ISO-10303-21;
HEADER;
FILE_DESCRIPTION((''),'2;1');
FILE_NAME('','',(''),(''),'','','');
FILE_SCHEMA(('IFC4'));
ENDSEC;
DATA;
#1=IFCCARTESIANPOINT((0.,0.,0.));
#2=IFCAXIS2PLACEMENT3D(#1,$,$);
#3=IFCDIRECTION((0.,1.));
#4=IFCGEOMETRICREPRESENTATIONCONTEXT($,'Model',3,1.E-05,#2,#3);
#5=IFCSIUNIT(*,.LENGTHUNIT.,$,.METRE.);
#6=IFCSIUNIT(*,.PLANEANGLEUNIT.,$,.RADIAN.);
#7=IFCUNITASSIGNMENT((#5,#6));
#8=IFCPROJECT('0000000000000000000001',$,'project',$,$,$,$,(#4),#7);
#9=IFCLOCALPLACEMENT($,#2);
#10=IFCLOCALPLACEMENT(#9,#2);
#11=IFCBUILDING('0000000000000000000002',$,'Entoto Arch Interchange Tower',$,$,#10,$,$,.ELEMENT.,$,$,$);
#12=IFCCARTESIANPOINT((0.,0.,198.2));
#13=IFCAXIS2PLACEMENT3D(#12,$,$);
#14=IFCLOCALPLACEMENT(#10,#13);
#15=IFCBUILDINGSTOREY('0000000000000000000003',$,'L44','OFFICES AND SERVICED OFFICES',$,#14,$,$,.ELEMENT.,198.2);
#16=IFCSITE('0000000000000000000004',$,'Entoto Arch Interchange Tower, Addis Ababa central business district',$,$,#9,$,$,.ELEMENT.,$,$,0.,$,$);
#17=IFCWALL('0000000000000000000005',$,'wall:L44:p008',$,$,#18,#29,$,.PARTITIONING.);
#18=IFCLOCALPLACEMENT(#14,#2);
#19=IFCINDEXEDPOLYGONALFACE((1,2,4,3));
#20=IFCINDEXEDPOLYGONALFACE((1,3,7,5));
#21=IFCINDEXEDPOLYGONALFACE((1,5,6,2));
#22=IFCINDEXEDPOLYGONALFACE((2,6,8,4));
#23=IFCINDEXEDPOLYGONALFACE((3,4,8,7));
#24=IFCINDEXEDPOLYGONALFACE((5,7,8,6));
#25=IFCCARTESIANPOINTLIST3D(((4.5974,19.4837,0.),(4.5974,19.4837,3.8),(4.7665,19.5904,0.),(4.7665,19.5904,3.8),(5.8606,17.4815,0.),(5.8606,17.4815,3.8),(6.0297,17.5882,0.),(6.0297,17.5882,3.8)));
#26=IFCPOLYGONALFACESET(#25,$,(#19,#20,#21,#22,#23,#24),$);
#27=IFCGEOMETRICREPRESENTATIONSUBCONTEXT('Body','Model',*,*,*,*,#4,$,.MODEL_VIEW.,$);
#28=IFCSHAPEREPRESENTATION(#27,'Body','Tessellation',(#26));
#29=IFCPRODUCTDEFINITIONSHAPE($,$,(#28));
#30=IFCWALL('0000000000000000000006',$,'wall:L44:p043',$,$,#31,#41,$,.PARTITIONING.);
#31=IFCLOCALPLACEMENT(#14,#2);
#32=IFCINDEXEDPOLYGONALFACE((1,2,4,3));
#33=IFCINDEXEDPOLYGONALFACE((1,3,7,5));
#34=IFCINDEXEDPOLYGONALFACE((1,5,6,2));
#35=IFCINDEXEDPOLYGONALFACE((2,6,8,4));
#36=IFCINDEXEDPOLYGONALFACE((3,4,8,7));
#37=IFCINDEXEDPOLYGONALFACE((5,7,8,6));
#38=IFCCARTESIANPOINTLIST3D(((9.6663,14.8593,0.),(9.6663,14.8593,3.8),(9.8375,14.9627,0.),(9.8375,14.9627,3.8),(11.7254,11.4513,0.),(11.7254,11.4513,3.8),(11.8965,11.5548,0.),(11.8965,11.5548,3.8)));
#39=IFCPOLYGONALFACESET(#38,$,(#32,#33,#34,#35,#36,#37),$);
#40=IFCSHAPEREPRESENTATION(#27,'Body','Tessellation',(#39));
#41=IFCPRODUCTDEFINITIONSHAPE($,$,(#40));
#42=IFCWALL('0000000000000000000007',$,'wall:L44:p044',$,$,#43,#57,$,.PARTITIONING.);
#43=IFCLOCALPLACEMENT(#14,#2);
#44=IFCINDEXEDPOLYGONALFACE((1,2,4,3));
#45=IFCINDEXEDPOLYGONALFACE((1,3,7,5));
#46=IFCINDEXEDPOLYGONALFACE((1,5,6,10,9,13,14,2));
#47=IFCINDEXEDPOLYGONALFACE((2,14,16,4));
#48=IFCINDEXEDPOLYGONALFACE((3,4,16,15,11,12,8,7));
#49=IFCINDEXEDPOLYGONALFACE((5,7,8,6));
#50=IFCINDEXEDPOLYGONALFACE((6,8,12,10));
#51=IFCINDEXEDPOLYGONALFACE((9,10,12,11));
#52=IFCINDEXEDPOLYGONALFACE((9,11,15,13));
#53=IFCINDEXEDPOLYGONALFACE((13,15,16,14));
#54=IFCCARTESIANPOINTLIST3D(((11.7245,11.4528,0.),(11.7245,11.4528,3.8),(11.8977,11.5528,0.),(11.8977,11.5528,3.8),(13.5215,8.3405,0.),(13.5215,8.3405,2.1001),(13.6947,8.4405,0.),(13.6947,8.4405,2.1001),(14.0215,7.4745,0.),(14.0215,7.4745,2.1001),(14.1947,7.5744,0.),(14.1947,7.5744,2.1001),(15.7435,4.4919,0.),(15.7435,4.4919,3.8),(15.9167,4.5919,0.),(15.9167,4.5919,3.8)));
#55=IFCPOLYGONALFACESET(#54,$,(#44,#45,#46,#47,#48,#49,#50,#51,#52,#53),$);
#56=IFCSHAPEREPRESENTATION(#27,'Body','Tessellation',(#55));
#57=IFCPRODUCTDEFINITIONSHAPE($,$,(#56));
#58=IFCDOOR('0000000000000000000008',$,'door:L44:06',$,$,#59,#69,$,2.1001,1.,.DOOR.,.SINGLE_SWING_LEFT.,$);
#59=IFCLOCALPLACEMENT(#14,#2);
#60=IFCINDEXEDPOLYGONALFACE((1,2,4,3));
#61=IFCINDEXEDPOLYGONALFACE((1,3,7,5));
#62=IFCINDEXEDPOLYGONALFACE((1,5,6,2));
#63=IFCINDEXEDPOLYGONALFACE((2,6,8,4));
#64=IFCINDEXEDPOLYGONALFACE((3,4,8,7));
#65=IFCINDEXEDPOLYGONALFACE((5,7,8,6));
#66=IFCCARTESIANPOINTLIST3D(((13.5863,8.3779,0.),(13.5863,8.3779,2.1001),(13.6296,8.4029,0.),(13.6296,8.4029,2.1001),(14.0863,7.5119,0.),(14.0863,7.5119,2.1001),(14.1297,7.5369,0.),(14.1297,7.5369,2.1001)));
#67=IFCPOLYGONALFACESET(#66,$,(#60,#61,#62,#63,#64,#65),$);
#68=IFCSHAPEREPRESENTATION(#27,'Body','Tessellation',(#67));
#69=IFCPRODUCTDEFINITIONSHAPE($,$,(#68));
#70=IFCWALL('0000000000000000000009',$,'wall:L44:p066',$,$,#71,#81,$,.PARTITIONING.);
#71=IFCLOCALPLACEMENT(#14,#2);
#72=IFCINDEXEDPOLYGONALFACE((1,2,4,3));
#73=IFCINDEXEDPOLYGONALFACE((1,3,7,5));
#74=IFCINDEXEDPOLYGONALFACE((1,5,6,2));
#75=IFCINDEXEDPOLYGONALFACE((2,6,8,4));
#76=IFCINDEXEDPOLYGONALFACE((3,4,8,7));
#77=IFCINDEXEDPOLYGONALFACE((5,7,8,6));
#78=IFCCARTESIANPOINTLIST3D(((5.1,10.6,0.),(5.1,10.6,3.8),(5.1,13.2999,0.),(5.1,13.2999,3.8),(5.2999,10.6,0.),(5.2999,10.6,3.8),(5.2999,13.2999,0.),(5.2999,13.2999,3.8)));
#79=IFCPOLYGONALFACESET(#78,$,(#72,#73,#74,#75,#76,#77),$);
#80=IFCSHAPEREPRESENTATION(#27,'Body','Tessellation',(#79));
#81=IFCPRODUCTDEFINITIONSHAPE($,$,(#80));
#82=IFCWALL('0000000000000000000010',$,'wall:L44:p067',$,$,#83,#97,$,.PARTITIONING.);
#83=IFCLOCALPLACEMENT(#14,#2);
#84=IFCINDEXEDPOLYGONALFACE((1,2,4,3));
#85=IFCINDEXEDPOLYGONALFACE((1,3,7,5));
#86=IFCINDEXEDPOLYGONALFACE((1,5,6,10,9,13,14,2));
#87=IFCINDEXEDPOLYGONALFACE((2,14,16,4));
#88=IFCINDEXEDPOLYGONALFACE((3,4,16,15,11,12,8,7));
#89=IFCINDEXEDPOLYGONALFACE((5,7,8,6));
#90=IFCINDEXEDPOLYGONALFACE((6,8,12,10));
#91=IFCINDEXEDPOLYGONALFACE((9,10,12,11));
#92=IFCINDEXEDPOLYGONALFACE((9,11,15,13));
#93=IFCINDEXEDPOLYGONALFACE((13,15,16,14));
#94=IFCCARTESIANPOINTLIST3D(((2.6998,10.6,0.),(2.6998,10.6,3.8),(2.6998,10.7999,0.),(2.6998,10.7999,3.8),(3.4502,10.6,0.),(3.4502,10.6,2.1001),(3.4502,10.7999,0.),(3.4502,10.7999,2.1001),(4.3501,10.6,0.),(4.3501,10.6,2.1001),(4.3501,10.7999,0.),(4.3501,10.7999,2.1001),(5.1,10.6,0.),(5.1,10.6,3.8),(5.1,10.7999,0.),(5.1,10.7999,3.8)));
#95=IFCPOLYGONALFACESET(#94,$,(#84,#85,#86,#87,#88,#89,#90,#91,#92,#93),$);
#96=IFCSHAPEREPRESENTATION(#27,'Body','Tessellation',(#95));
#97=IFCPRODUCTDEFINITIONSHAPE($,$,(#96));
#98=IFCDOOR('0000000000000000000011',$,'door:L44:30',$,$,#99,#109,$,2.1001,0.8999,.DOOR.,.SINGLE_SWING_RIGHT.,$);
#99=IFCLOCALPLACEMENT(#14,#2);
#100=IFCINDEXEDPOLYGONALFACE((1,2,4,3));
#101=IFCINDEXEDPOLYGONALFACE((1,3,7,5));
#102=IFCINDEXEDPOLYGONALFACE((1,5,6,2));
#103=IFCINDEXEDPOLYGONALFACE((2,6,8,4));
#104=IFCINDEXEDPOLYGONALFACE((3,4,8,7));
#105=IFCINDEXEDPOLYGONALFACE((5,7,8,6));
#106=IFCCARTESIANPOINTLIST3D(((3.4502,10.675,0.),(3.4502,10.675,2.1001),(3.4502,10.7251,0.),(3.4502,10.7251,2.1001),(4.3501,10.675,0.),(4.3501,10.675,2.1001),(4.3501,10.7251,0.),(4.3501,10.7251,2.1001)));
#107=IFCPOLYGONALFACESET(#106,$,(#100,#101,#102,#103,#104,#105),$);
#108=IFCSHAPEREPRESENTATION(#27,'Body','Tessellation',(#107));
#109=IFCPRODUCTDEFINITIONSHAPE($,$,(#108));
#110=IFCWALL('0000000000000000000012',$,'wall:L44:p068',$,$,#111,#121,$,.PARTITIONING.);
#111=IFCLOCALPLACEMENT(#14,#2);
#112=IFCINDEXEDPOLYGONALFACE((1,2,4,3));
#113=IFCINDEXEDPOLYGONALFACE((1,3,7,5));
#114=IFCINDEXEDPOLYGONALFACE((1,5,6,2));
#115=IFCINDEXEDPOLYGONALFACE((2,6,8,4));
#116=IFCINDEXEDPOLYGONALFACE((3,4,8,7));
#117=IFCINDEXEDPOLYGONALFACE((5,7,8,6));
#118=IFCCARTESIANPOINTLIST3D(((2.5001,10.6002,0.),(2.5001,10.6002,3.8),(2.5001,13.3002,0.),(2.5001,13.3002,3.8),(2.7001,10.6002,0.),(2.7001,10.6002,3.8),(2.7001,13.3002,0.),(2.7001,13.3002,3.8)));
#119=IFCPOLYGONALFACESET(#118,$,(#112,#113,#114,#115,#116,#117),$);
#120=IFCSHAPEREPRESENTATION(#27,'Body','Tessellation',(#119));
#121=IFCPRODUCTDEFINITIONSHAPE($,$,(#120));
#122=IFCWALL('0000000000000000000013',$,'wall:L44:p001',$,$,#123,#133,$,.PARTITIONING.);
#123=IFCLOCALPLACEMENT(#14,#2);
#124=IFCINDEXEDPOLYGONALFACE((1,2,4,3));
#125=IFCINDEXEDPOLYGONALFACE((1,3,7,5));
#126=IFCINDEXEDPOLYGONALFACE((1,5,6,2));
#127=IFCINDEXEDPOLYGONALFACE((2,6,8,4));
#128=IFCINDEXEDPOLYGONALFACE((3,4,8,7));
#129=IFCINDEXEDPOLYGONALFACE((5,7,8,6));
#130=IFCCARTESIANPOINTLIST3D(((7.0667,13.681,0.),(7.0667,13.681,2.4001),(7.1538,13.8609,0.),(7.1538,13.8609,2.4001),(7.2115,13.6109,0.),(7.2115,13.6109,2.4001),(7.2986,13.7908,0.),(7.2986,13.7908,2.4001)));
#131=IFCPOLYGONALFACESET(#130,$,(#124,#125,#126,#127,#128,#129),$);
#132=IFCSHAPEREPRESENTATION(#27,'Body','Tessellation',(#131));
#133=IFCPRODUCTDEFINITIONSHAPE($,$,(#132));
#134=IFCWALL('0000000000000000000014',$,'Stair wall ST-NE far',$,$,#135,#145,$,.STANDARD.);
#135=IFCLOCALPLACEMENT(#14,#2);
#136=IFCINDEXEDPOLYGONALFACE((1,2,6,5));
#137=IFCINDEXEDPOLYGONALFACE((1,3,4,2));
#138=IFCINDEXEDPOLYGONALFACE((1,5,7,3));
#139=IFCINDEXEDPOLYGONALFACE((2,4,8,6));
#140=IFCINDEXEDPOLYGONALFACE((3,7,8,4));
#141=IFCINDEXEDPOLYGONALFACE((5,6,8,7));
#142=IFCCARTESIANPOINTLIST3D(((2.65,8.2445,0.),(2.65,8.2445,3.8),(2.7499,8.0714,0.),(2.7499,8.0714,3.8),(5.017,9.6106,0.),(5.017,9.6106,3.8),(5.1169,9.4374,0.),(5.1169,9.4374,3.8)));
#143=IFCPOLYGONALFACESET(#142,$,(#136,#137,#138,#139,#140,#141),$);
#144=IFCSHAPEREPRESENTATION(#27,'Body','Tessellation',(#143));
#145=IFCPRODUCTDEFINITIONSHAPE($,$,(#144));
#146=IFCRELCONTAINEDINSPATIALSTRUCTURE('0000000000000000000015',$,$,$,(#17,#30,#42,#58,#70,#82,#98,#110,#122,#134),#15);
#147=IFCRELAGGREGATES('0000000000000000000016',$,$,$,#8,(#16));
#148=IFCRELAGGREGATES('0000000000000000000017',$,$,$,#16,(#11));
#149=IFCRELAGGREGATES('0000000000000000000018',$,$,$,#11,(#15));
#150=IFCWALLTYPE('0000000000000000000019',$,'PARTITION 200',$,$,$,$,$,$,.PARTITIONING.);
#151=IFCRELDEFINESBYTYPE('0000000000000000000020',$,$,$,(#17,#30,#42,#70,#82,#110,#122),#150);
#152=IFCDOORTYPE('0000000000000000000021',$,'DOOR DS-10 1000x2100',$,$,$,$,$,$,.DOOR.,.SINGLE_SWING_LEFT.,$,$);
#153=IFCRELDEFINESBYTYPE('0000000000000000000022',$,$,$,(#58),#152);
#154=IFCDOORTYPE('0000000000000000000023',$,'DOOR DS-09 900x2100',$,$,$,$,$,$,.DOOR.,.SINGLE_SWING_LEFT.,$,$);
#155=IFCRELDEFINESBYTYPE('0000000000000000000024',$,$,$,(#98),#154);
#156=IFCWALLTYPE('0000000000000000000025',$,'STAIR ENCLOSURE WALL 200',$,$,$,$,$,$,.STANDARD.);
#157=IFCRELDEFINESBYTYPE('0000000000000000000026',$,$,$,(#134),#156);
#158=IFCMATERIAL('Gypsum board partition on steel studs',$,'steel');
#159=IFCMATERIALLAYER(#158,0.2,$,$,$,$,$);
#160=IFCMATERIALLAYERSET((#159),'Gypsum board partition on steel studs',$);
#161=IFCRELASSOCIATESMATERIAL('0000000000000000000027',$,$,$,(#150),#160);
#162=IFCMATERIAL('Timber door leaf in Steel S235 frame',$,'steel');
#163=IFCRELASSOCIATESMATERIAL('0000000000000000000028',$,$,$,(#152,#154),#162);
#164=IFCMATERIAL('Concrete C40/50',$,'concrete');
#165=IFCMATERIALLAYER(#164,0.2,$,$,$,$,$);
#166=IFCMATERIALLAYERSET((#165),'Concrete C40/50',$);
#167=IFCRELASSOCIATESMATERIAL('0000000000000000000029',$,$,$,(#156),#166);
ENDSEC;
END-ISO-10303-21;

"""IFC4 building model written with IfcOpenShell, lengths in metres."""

from ifc_helpers import new_model, si_unit, direction, frame, frame_2d, origin, place, context, subcontext, project, spatial, rectangle, extrude, material, layer, layer_set, type_object, element, fill, save


model = new_model("IFC4")

# Units and contexts
model_context = context("Model", 3, precision=1e-05, world=origin(), true_north=direction((0.0, 1.0)))
body_context = subcontext(model_context, "Body", "Model", "MODEL_VIEW")
ifc_project = project(units=[si_unit("LENGTHUNIT", "METRE"), si_unit("PLANEANGLEUNIT", "RADIAN")], contexts=[model_context])

# Site, building, storey
site_placement = place(None, origin())
site = spatial("IfcSite", under=ifc_project, at=site_placement, Name="Entoto Arch Interchange Tower, Addis Ababa central business district", CompositionType="ELEMENT", RefElevation=0.0)
building_placement = place(site_placement, origin())
building = spatial("IfcBuilding", under=site, at=building_placement, Name="Entoto Arch Interchange Tower", CompositionType="ELEMENT")
storey_placement = place(building_placement, frame((0.0, 0.0, 198.2)))
storey = spatial("IfcBuildingStorey", under=building, at=storey_placement, Name="L44", Description="OFFICES AND SERVICED OFFICES", CompositionType="ELEMENT", Elevation=198.2)

# Shared definitions
ifc_material_1 = material(Name="Concrete C40/50", Category="concrete")
ifc_material_2 = material(Name="Gypsum board partition on steel studs", Category="steel")
ifc_layer_1 = layer(ifc_material_2, 0.2)
ifc_layer_set_1 = layer_set([ifc_layer_1], Name="Gypsum board partition on steel studs")
wall_type_1 = type_object("IfcWallType", Name="PARTITION 200", PredefinedType="PARTITIONING", material=ifc_layer_set_1)

# Shared definitions
ifc_material_3 = material(Name="Timber door leaf in Steel S235 frame", Category="steel")
door_type_1 = type_object("IfcDoorType", Name="DOOR DS-10 1000x2100", OperationType="SINGLE_SWING_LEFT", PredefinedType="DOOR", material=ifc_material_3)

# Walls
wall_1_placement = place(storey_placement, frame((5.9451, 17.5349, 0.0), z_axis=(0.0, 0.0, 1.0), x_axis=(-0.533582, 0.845749, 0.0)))
element("IfcWall", 1, at=wall_1_placement, inside=storey, type_object=wall_type_1, Name="wall:L44:p008", PredefinedType="PARTITIONING", context=body_context, shape_type="SweptSolid", body=[
    extrude(rectangle(XDim=2.3674, YDim=0.2, at=frame_2d((1.1836, 0.0))), origin(), (0.0, 0.0, 1.0), 3.8),
])
wall_2_placement = place(storey_placement, frame((9.752, 14.9109, 0.0), z_axis=(0.0, 0.0, 1.0), x_axis=(0.517135, -0.855904, 0.0)))
element("IfcWall", 2, at=wall_2_placement, inside=storey, type_object=wall_type_1, Name="wall:L44:p043", PredefinedType="PARTITIONING", context=body_context, shape_type="SweptSolid", body=[
    extrude(rectangle(XDim=3.9817, YDim=0.2, at=frame_2d((1.9907, 0.0))), origin(), (0.0, 0.0, 1.0), 3.8),
])

# Wall, opening, door
wall_3_placement = place(storey_placement, frame((11.811, 11.5029, 0.0), z_axis=(0.0, 0.0, 1.0), x_axis=(0.500013, -0.866018, 0.0)))
wall_3 = element("IfcWall", 3, at=wall_3_placement, inside=storey, type_object=wall_type_1, Name="wall:L44:p044", PredefinedType="PARTITIONING", context=body_context, shape_type="SweptSolid", body=[
    extrude(rectangle(XDim=8.0378, YDim=0.2, at=frame_2d((4.019, 0.0))), origin(), (0.0, 0.0, 1.0), 3.8),
])
opening_1_placement = place(wall_3_placement, frame((3.594, 0.0, 0.0)))
opening_1 = element("IfcOpeningElement", 4, at=opening_1_placement, cuts=wall_3, PredefinedType="OPENING", context=body_context, shape_type="SweptSolid", body=[
    extrude(rectangle(XDim=1.0, YDim=2.1001, at=frame_2d((0.5, 1.05))), frame((0.0, 0.1099, 0.0), z_axis=(0.0, -1.0, 0.0), x_axis=(1.0, 0.0, 0.0)), (0.0, 0.0, 1.0), 0.22),
])
door_1_placement = place(opening_1_placement, origin())
door_1 = element("IfcDoor", 5, at=door_1_placement, inside=storey, type_object=door_type_1, Name="door:L44:06", OperationType="SINGLE_SWING_LEFT", OverallHeight=2.1001, OverallWidth=1.0, PredefinedType="DOOR", context=body_context, shape_type="SweptSolid", body=[
    extrude(rectangle(XDim=1.0, YDim=2.1001, at=frame_2d((0.5, 1.05))), frame((0.0, 0.0249, 0.0), z_axis=(0.0, -1.0, 0.0), x_axis=(1.0, 0.0, 0.0)), (0.0, 0.0, 1.0), 0.05),
])
fill(opening_1, door_1)

# Wall
wall_4_placement = place(storey_placement, frame((5.2, 13.3, 0.0), z_axis=(0.0, 0.0, 1.0), x_axis=(0.0, -1.0, 0.0)))
element("IfcWall", 6, at=wall_4_placement, inside=storey, type_object=wall_type_1, Name="wall:L44:p066", PredefinedType="PARTITIONING", context=body_context, shape_type="SweptSolid", body=[
    extrude(rectangle(XDim=2.7, YDim=0.2, at=frame_2d((1.3501, 0.0))), origin(), (0.0, 0.0, 1.0), 3.8),
])

# Wall, opening, door
wall_5_placement = place(storey_placement, frame((5.1001, 10.7, 0.0), z_axis=(0.0, 0.0, 1.0), x_axis=(-1.0, 0.0, 0.0)))
wall_5 = element("IfcWall", 7, at=wall_5_placement, inside=storey, type_object=wall_type_1, Name="wall:L44:p067", PredefinedType="PARTITIONING", context=body_context, shape_type="SweptSolid", body=[
    extrude(rectangle(XDim=2.4001, YDim=0.2, at=frame_2d((1.2002, 0.0))), origin(), (0.0, 0.0, 1.0), 3.8),
])
opening_2_placement = place(wall_5_placement, frame((0.75, 0.0, 0.0)))
opening_2 = element("IfcOpeningElement", 8, at=opening_2_placement, cuts=wall_5, PredefinedType="OPENING", context=body_context, shape_type="SweptSolid", body=[
    extrude(rectangle(XDim=0.8999, YDim=2.1001, at=frame_2d((0.45, 1.05))), frame((0.0, 0.1099, 0.0), z_axis=(0.0, -1.0, 0.0), x_axis=(1.0, 0.0, 0.0)), (0.0, 0.0, 1.0), 0.22),
])
door_type_2 = type_object("IfcDoorType", Name="DOOR DS-09 900x2100", OperationType="SINGLE_SWING_LEFT", PredefinedType="DOOR", material=ifc_material_3)
door_2_placement = place(opening_2_placement, origin())
door_2 = element("IfcDoor", 9, at=door_2_placement, inside=storey, type_object=door_type_2, Name="door:L44:30", OperationType="SINGLE_SWING_RIGHT", OverallHeight=2.1001, OverallWidth=0.8999, PredefinedType="DOOR", context=body_context, shape_type="SweptSolid", body=[
    extrude(rectangle(XDim=0.8999, YDim=2.1001, at=frame_2d((0.45, 1.05))), frame((0.0, 0.0249, 0.0), z_axis=(0.0, -1.0, 0.0), x_axis=(1.0, 0.0, 0.0)), (0.0, 0.0, 1.0), 0.05),
])
fill(opening_2, door_2)

# Walls
wall_6_placement = place(storey_placement, frame((2.6001, 10.6001, 0.0), z_axis=(0.0, 0.0, 1.0), x_axis=(0.0, 1.0, 0.0)))
element("IfcWall", 10, at=wall_6_placement, inside=storey, type_object=wall_type_1, Name="wall:L44:p068", PredefinedType="PARTITIONING", context=body_context, shape_type="SweptSolid", body=[
    extrude(rectangle(XDim=2.7, YDim=0.2, at=frame_2d((1.3501, 0.0))), origin(), (0.0, 0.0, 1.0), 3.8),
])
wall_7_placement = place(storey_placement, frame((7.1101, 13.771, 0.0), z_axis=(0.0, 0.0, 1.0), x_axis=(0.900121, -0.43564, 0.0)))
element("IfcWall", 11, at=wall_7_placement, inside=storey, type_object=wall_type_1, Name="wall:L44:p001", PredefinedType="PARTITIONING", context=body_context, shape_type="SweptSolid", body=[
    extrude(rectangle(XDim=0.1609, YDim=0.2, at=frame_2d((0.0806, 0.0))), origin(), (0.0, 0.0, 1.0), 2.4001),
])
ifc_layer_2 = layer(ifc_material_1, 0.2)
ifc_layer_set_2 = layer_set([ifc_layer_2], Name="Concrete C40/50")
wall_type_2 = type_object("IfcWallType", Name="STAIR ENCLOSURE WALL 200", PredefinedType="STANDARD", material=ifc_layer_set_2)
wall_8_placement = place(storey_placement, frame((2.7, 8.158, 0.0), z_axis=(0.0, 0.0, 1.0), x_axis=(0.866119, 0.499838, 0.0)))
element("IfcWall", 12, at=wall_8_placement, inside=storey, type_object=wall_type_2, Name="Stair wall ST-NE far", PredefinedType="STANDARD", context=body_context, shape_type="SweptSolid", body=[
    extrude(rectangle(XDim=2.7329, YDim=0.2, at=frame_2d((1.3665, 0.0))), origin(), (0.0, 0.0, 1.0), 3.8),
])

save(model, "model.ifc")
